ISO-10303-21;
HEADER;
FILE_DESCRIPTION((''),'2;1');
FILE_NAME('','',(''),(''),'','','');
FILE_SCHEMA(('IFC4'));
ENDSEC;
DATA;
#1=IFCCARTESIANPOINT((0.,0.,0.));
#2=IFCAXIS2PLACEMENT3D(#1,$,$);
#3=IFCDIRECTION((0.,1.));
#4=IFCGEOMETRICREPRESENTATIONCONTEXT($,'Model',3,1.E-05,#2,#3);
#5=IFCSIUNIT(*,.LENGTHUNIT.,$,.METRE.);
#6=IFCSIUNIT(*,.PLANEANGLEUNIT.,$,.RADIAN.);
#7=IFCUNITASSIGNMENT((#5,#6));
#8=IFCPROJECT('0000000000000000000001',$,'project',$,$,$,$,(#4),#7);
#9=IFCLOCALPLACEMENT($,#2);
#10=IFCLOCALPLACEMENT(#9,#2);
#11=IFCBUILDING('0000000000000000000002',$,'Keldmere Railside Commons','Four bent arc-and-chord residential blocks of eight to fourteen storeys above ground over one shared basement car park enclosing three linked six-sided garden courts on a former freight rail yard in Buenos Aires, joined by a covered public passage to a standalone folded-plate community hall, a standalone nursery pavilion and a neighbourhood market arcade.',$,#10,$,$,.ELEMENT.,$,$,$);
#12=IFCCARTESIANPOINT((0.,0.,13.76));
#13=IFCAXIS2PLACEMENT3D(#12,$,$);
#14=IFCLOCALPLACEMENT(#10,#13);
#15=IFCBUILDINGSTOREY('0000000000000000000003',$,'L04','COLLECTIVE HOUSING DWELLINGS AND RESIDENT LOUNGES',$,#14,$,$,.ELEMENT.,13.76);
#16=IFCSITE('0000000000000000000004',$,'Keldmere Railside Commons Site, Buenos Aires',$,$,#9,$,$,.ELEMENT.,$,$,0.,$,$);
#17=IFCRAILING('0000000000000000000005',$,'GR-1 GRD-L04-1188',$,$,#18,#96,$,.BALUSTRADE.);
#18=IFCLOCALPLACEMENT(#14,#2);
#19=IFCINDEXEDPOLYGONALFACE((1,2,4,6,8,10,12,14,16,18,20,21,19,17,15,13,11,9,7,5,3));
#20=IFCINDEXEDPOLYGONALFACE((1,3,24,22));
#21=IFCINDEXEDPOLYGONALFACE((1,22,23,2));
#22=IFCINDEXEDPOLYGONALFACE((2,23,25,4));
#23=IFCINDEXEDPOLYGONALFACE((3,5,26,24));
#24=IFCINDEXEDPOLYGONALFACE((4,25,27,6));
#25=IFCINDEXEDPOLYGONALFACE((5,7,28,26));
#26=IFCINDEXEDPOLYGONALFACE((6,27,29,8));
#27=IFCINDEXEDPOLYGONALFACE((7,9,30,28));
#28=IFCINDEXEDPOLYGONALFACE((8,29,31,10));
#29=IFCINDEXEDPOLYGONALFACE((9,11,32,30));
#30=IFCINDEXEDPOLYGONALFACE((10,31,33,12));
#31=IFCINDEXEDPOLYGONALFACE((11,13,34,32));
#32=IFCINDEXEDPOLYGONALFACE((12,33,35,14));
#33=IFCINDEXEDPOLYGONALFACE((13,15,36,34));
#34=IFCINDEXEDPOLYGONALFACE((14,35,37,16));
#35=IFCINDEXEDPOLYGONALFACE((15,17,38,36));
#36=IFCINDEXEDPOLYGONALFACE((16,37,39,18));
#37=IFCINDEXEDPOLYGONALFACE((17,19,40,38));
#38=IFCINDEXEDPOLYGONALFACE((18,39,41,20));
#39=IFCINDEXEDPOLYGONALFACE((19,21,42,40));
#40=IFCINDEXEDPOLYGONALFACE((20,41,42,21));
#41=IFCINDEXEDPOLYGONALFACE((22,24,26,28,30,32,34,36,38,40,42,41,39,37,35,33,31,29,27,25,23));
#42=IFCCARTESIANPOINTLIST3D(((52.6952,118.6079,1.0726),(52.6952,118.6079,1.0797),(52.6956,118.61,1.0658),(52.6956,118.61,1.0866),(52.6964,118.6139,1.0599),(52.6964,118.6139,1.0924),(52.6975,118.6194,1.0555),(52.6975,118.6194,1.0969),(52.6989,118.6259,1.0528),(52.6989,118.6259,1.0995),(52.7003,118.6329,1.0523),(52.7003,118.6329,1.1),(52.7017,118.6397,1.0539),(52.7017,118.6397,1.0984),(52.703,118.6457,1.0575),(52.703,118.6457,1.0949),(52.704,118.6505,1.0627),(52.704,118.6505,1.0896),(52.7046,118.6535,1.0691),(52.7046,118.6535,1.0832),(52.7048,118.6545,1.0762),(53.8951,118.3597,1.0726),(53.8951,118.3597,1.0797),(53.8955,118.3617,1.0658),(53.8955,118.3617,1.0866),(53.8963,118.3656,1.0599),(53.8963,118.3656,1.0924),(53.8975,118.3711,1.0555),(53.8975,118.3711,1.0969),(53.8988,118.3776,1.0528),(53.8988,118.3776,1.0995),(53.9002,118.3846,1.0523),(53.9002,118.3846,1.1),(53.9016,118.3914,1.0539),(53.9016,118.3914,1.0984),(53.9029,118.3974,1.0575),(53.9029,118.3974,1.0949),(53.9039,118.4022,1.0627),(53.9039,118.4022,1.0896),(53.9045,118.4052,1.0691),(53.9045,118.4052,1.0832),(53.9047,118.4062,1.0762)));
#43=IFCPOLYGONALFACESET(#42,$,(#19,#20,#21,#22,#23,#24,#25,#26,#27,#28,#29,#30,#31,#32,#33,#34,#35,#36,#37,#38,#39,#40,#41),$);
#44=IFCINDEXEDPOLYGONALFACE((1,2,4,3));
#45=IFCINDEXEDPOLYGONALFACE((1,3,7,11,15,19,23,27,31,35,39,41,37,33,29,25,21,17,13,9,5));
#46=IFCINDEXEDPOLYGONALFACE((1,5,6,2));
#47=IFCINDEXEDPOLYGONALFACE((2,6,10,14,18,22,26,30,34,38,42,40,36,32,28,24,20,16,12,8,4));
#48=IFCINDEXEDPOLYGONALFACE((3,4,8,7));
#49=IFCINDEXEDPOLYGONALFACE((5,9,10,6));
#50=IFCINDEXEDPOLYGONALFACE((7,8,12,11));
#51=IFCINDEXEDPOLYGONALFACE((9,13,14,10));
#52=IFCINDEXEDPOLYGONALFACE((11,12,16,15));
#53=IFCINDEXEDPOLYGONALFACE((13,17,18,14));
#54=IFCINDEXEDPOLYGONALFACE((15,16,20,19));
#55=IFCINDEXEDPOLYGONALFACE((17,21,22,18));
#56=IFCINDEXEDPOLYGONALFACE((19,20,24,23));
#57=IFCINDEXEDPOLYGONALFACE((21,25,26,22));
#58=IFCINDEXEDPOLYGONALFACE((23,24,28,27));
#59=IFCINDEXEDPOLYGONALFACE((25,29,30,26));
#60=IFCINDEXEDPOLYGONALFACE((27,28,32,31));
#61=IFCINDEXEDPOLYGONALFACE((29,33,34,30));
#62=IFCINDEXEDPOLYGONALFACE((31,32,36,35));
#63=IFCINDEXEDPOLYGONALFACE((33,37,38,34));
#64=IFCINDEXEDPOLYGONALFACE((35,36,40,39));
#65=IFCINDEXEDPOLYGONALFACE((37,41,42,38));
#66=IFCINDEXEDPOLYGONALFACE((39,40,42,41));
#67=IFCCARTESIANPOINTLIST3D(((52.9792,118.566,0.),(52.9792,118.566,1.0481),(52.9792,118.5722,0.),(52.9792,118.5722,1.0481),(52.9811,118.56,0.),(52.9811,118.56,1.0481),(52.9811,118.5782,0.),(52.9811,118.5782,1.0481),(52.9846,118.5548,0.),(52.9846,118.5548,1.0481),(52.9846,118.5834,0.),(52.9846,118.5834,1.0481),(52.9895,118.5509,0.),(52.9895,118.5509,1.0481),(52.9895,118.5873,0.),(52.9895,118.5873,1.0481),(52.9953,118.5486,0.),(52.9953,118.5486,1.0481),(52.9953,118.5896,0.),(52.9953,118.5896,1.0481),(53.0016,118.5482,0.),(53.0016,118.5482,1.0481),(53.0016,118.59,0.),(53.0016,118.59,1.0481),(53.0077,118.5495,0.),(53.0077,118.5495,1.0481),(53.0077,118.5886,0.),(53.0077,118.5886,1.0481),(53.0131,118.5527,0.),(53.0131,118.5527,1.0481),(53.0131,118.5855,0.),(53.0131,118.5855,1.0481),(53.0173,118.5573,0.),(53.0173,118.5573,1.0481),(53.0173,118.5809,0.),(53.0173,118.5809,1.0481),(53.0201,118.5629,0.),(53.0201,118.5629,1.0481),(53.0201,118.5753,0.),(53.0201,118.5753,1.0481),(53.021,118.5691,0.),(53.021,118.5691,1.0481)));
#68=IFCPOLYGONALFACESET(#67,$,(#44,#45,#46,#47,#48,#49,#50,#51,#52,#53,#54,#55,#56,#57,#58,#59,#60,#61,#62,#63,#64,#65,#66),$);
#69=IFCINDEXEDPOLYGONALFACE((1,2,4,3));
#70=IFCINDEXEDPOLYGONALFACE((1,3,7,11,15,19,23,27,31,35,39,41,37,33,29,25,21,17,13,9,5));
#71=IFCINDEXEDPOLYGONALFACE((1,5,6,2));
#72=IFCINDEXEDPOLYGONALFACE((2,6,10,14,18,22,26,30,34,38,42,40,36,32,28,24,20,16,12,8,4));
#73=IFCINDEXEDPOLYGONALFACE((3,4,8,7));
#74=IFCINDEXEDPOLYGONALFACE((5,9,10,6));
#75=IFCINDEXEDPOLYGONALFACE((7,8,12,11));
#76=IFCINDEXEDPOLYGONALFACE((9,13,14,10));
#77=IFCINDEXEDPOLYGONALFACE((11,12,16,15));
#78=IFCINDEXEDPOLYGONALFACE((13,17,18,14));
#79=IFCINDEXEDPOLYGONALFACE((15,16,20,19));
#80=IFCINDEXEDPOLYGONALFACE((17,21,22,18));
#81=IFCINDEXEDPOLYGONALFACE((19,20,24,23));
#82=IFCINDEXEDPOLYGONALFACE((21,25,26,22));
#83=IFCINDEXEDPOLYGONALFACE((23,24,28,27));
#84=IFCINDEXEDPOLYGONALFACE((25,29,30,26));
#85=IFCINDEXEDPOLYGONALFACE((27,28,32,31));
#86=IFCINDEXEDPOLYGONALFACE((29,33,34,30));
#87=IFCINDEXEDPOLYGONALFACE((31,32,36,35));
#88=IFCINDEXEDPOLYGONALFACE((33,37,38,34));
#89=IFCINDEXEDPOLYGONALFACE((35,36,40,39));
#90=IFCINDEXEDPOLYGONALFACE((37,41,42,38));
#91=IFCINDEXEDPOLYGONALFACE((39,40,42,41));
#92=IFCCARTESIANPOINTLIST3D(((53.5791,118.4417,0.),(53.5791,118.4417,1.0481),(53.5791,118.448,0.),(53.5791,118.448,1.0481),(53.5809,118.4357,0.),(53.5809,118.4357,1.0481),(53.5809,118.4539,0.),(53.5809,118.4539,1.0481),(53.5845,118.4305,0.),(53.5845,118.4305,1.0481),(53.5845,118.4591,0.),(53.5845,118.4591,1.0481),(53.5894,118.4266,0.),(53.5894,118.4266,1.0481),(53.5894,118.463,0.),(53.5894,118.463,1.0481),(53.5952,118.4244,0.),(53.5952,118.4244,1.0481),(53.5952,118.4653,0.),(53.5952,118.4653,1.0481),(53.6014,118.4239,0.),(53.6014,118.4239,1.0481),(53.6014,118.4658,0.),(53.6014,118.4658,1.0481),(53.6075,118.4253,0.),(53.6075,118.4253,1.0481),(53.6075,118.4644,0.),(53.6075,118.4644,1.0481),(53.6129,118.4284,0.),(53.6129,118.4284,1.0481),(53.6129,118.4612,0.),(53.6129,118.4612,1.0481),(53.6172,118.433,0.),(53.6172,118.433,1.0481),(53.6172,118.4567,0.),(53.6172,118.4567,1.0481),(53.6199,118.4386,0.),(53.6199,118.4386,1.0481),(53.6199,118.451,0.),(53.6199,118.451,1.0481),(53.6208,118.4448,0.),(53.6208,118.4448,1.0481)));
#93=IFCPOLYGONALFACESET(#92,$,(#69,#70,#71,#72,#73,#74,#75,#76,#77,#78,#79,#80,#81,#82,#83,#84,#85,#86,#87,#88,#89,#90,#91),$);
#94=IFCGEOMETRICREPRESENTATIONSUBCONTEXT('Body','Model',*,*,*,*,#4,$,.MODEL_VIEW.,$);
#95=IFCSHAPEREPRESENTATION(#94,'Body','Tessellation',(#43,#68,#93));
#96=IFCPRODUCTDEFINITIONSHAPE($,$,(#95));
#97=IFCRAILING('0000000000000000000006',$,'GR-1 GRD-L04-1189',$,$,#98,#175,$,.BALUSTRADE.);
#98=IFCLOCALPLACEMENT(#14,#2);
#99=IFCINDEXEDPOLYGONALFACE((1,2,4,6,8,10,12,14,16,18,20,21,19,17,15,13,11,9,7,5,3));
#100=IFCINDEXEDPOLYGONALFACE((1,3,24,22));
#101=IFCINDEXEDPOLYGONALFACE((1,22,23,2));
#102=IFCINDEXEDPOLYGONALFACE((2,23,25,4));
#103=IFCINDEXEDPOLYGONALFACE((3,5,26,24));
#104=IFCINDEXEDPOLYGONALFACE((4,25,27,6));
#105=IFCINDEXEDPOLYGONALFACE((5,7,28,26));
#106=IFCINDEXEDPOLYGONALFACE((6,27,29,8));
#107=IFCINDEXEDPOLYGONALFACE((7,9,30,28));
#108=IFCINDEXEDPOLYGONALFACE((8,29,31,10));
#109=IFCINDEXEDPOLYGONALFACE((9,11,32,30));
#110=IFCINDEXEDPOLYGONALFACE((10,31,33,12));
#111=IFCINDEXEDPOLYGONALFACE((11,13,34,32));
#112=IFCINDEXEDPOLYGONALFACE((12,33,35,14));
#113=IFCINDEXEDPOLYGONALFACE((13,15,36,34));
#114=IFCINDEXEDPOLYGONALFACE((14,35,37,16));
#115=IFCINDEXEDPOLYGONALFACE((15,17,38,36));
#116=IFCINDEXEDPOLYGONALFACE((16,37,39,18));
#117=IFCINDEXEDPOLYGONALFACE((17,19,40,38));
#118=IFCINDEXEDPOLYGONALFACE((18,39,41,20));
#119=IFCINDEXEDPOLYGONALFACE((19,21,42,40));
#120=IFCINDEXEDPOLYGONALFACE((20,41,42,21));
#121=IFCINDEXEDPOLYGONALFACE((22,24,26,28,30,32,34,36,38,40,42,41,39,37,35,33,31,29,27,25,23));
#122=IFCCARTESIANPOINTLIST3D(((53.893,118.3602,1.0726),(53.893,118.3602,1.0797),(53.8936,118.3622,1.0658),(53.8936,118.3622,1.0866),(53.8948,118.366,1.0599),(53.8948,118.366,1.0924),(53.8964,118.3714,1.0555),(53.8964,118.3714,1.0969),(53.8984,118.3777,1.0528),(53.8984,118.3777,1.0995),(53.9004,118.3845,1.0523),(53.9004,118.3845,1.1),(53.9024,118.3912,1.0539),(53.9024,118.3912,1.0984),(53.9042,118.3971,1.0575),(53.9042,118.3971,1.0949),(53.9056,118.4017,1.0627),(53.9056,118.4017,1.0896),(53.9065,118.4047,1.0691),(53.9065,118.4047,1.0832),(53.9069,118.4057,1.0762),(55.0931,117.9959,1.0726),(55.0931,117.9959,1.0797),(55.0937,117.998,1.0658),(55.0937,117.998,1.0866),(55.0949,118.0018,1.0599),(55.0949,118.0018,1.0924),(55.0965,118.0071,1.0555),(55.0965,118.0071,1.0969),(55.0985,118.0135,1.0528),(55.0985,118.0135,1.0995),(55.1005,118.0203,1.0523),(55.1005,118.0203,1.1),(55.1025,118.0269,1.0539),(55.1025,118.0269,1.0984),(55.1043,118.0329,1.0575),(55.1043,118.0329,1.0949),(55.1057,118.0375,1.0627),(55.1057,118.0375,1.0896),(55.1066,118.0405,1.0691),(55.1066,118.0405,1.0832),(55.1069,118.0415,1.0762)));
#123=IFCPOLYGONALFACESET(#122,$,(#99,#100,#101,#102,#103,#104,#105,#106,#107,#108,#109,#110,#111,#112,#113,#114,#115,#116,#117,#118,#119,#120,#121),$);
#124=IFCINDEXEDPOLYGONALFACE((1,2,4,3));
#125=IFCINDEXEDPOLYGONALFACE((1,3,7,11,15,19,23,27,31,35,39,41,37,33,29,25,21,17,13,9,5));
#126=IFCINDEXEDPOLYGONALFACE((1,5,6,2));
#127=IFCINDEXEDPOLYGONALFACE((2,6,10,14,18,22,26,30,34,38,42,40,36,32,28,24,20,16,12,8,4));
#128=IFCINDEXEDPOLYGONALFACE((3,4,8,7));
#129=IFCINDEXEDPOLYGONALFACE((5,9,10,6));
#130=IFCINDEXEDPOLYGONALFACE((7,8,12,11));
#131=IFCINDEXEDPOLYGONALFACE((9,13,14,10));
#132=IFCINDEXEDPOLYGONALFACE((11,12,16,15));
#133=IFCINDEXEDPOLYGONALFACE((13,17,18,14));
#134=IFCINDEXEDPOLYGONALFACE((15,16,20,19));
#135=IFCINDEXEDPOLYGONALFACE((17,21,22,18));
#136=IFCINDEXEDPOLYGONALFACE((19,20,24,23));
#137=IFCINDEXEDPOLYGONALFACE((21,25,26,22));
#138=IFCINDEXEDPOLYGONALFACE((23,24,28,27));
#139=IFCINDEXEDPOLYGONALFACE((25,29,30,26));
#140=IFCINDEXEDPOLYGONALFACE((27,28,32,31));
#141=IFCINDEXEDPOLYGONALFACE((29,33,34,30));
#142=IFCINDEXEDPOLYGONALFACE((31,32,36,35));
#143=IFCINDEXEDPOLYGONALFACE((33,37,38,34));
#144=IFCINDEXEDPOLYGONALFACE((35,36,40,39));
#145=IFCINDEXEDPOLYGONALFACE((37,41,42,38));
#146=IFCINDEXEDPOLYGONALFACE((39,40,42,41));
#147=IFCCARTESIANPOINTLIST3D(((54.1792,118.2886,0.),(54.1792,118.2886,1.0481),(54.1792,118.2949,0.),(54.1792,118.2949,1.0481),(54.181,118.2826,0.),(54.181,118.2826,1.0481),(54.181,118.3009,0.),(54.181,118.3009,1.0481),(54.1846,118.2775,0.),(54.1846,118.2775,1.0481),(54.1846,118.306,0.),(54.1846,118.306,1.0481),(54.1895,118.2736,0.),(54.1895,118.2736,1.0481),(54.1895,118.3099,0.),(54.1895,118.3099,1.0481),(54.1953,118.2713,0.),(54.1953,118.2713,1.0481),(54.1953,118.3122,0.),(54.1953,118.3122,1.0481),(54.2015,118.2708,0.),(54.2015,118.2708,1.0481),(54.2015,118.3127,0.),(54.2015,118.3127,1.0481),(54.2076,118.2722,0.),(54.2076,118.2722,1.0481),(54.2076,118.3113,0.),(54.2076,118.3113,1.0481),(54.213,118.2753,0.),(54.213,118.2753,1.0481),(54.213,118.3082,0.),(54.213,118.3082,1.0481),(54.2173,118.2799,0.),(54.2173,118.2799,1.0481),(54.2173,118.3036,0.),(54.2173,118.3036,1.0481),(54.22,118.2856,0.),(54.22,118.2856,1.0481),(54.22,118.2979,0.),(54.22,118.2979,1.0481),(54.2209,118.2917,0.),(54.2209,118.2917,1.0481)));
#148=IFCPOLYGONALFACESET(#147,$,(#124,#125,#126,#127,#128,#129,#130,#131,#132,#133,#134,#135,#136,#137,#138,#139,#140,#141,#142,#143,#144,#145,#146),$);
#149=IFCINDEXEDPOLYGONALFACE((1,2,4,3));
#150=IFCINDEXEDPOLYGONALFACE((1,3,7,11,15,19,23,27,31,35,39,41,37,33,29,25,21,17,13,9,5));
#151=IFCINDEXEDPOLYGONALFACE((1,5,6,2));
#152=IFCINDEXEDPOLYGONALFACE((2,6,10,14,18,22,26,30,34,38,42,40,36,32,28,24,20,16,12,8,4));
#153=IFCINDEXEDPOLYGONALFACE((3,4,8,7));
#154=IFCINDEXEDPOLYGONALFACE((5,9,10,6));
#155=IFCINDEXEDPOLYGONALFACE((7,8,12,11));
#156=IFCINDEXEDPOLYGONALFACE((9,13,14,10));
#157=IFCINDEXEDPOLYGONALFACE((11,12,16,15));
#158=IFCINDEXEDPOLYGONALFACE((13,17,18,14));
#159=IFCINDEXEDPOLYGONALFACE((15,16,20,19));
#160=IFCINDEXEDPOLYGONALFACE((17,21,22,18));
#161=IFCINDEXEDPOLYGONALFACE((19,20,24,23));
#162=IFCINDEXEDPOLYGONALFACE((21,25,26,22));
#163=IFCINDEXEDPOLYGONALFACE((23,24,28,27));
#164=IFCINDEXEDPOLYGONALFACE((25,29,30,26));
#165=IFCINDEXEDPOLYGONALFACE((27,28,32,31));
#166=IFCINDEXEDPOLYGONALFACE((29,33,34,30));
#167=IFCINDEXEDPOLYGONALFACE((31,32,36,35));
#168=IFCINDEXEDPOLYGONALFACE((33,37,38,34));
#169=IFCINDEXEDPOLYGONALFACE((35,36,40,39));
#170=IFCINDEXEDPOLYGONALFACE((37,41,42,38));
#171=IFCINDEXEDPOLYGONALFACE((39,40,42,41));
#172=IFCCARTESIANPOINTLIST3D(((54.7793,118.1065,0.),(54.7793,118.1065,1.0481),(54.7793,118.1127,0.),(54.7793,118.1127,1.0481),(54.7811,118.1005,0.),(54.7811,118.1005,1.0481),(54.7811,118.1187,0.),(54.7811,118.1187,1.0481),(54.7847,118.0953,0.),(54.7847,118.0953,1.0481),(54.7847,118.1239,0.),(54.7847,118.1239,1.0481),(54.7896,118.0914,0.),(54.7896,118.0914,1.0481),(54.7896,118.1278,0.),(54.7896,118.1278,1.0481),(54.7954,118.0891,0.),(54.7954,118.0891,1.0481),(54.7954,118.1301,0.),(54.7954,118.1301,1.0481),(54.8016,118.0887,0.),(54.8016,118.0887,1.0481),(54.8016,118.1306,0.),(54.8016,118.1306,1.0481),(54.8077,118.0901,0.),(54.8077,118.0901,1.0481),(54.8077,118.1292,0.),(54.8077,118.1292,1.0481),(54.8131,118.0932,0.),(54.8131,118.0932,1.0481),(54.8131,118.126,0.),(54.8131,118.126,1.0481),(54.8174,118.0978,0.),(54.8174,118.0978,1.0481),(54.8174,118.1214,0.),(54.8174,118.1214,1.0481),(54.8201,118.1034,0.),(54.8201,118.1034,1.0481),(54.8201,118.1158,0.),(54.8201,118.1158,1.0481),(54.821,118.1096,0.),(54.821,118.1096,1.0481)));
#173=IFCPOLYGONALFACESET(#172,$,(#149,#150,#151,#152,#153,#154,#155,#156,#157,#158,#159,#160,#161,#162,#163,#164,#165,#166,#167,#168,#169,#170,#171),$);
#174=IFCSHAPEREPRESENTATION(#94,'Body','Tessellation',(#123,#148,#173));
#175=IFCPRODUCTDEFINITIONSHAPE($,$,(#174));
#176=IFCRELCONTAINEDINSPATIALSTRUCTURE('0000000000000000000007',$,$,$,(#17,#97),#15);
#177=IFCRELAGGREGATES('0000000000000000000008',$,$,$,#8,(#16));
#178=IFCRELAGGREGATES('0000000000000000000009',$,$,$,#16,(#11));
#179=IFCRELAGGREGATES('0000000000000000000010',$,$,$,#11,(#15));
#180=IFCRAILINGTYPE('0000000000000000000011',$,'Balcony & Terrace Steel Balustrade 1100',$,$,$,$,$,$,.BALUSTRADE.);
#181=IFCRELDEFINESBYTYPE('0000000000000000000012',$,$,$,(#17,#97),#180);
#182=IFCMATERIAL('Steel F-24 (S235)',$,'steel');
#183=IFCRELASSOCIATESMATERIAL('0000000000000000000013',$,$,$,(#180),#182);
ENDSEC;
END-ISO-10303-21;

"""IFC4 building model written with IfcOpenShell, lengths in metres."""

from ifc_helpers import new_model, si_unit, direction, frame, origin, origin_2d, place, context, subcontext, project, spatial, circle, extrude, material, type_object, element, save


model = new_model("IFC4")

# Units and contexts
model_context = context("Model", 3, precision=1e-05, world=origin(), true_north=direction((0.0, 1.0)))
body_context = subcontext(model_context, "Body", "Model", "MODEL_VIEW")
ifc_project = project(units=[si_unit("LENGTHUNIT", "METRE"), si_unit("PLANEANGLEUNIT", "RADIAN")], contexts=[model_context])

# Site, building, storey
site_placement = place(None, origin())
site = spatial("IfcSite", under=ifc_project, at=site_placement, Name="Keldmere Railside Commons Site, Buenos Aires", CompositionType="ELEMENT", RefElevation=0.0)
building_placement = place(site_placement, origin())
building = spatial("IfcBuilding", under=site, at=building_placement, Name="Keldmere Railside Commons", Description="Four bent arc-and-chord residential blocks of eight to fourteen storeys above ground over one shared basement car park enclosing three linked six-sided garden courts on a former freight rail yard in Buenos Aires, joined by a covered public passage to a standalone folded-plate community hall, a standalone nursery pavilion and a neighbourhood market arcade.", CompositionType="ELEMENT")
storey_placement = place(building_placement, frame((0.0, 0.0, 13.76)))
storey = spatial("IfcBuildingStorey", under=building, at=storey_placement, Name="L04", Description="COLLECTIVE HOUSING DWELLINGS AND RESIDENT LOUNGES", CompositionType="ELEMENT", Elevation=13.76)

# Railings
ifc_material_1 = material(Name="Steel F-24 (S235)", Category="steel")
railing_type = type_object("IfcRailingType", Name="Balcony & Terrace Steel Balustrade 1100", PredefinedType="BALUSTRADE", material=ifc_material_1)
railing_1_placement = place(storey_placement, frame((52.7, 118.6311, 0.0)))
element("IfcRailing", 1, at=railing_1_placement, inside=storey, type_object=railing_type, Name="GR-1 GRD-L04-1188", PredefinedType="BALUSTRADE", context=body_context, shape_type="SweptSolid", body=[
    extrude(circle(Radius=0.0239, at=origin_2d()), frame((0.0, 0.0, 1.0762), z_axis=(0.979256, -0.202625, 0.0), x_axis=(0.202625, 0.979256, 0.0)), (0.0, 0.0, 1.0), 1.2253),
    extrude(circle(Radius=0.021, at=origin_2d()), frame((0.3, -0.062, 0.0)), (0.0, 0.0, 1.0), 1.0481),
    extrude(circle(Radius=0.021, at=origin_2d()), frame((0.8999, -0.1863, 0.0)), (0.0, 0.0, 1.0), 1.0481),
])
railing_2_placement = place(storey_placement, frame((53.8999, 118.3828, 0.0)))
element("IfcRailing", 2, at=railing_2_placement, inside=storey, type_object=railing_type, Name="GR-1 GRD-L04-1189", PredefinedType="BALUSTRADE", context=body_context, shape_type="SweptSolid", body=[
    extrude(circle(Radius=0.0239, at=origin_2d()), frame((0.0, 0.0, 1.0762), z_axis=(0.9569, -0.290418, 0.0), x_axis=(0.290418, 0.9569, 0.0)), (0.0, 0.0, 1.0), 1.2542),
    extrude(circle(Radius=0.021, at=origin_2d()), frame((0.3, -0.0911, 0.0)), (0.0, 0.0, 1.0), 1.0481),
    extrude(circle(Radius=0.021, at=origin_2d()), frame((0.9001, -0.2732, 0.0)), (0.0, 0.0, 1.0), 1.0481),
])

save(model, "model.ifc")
